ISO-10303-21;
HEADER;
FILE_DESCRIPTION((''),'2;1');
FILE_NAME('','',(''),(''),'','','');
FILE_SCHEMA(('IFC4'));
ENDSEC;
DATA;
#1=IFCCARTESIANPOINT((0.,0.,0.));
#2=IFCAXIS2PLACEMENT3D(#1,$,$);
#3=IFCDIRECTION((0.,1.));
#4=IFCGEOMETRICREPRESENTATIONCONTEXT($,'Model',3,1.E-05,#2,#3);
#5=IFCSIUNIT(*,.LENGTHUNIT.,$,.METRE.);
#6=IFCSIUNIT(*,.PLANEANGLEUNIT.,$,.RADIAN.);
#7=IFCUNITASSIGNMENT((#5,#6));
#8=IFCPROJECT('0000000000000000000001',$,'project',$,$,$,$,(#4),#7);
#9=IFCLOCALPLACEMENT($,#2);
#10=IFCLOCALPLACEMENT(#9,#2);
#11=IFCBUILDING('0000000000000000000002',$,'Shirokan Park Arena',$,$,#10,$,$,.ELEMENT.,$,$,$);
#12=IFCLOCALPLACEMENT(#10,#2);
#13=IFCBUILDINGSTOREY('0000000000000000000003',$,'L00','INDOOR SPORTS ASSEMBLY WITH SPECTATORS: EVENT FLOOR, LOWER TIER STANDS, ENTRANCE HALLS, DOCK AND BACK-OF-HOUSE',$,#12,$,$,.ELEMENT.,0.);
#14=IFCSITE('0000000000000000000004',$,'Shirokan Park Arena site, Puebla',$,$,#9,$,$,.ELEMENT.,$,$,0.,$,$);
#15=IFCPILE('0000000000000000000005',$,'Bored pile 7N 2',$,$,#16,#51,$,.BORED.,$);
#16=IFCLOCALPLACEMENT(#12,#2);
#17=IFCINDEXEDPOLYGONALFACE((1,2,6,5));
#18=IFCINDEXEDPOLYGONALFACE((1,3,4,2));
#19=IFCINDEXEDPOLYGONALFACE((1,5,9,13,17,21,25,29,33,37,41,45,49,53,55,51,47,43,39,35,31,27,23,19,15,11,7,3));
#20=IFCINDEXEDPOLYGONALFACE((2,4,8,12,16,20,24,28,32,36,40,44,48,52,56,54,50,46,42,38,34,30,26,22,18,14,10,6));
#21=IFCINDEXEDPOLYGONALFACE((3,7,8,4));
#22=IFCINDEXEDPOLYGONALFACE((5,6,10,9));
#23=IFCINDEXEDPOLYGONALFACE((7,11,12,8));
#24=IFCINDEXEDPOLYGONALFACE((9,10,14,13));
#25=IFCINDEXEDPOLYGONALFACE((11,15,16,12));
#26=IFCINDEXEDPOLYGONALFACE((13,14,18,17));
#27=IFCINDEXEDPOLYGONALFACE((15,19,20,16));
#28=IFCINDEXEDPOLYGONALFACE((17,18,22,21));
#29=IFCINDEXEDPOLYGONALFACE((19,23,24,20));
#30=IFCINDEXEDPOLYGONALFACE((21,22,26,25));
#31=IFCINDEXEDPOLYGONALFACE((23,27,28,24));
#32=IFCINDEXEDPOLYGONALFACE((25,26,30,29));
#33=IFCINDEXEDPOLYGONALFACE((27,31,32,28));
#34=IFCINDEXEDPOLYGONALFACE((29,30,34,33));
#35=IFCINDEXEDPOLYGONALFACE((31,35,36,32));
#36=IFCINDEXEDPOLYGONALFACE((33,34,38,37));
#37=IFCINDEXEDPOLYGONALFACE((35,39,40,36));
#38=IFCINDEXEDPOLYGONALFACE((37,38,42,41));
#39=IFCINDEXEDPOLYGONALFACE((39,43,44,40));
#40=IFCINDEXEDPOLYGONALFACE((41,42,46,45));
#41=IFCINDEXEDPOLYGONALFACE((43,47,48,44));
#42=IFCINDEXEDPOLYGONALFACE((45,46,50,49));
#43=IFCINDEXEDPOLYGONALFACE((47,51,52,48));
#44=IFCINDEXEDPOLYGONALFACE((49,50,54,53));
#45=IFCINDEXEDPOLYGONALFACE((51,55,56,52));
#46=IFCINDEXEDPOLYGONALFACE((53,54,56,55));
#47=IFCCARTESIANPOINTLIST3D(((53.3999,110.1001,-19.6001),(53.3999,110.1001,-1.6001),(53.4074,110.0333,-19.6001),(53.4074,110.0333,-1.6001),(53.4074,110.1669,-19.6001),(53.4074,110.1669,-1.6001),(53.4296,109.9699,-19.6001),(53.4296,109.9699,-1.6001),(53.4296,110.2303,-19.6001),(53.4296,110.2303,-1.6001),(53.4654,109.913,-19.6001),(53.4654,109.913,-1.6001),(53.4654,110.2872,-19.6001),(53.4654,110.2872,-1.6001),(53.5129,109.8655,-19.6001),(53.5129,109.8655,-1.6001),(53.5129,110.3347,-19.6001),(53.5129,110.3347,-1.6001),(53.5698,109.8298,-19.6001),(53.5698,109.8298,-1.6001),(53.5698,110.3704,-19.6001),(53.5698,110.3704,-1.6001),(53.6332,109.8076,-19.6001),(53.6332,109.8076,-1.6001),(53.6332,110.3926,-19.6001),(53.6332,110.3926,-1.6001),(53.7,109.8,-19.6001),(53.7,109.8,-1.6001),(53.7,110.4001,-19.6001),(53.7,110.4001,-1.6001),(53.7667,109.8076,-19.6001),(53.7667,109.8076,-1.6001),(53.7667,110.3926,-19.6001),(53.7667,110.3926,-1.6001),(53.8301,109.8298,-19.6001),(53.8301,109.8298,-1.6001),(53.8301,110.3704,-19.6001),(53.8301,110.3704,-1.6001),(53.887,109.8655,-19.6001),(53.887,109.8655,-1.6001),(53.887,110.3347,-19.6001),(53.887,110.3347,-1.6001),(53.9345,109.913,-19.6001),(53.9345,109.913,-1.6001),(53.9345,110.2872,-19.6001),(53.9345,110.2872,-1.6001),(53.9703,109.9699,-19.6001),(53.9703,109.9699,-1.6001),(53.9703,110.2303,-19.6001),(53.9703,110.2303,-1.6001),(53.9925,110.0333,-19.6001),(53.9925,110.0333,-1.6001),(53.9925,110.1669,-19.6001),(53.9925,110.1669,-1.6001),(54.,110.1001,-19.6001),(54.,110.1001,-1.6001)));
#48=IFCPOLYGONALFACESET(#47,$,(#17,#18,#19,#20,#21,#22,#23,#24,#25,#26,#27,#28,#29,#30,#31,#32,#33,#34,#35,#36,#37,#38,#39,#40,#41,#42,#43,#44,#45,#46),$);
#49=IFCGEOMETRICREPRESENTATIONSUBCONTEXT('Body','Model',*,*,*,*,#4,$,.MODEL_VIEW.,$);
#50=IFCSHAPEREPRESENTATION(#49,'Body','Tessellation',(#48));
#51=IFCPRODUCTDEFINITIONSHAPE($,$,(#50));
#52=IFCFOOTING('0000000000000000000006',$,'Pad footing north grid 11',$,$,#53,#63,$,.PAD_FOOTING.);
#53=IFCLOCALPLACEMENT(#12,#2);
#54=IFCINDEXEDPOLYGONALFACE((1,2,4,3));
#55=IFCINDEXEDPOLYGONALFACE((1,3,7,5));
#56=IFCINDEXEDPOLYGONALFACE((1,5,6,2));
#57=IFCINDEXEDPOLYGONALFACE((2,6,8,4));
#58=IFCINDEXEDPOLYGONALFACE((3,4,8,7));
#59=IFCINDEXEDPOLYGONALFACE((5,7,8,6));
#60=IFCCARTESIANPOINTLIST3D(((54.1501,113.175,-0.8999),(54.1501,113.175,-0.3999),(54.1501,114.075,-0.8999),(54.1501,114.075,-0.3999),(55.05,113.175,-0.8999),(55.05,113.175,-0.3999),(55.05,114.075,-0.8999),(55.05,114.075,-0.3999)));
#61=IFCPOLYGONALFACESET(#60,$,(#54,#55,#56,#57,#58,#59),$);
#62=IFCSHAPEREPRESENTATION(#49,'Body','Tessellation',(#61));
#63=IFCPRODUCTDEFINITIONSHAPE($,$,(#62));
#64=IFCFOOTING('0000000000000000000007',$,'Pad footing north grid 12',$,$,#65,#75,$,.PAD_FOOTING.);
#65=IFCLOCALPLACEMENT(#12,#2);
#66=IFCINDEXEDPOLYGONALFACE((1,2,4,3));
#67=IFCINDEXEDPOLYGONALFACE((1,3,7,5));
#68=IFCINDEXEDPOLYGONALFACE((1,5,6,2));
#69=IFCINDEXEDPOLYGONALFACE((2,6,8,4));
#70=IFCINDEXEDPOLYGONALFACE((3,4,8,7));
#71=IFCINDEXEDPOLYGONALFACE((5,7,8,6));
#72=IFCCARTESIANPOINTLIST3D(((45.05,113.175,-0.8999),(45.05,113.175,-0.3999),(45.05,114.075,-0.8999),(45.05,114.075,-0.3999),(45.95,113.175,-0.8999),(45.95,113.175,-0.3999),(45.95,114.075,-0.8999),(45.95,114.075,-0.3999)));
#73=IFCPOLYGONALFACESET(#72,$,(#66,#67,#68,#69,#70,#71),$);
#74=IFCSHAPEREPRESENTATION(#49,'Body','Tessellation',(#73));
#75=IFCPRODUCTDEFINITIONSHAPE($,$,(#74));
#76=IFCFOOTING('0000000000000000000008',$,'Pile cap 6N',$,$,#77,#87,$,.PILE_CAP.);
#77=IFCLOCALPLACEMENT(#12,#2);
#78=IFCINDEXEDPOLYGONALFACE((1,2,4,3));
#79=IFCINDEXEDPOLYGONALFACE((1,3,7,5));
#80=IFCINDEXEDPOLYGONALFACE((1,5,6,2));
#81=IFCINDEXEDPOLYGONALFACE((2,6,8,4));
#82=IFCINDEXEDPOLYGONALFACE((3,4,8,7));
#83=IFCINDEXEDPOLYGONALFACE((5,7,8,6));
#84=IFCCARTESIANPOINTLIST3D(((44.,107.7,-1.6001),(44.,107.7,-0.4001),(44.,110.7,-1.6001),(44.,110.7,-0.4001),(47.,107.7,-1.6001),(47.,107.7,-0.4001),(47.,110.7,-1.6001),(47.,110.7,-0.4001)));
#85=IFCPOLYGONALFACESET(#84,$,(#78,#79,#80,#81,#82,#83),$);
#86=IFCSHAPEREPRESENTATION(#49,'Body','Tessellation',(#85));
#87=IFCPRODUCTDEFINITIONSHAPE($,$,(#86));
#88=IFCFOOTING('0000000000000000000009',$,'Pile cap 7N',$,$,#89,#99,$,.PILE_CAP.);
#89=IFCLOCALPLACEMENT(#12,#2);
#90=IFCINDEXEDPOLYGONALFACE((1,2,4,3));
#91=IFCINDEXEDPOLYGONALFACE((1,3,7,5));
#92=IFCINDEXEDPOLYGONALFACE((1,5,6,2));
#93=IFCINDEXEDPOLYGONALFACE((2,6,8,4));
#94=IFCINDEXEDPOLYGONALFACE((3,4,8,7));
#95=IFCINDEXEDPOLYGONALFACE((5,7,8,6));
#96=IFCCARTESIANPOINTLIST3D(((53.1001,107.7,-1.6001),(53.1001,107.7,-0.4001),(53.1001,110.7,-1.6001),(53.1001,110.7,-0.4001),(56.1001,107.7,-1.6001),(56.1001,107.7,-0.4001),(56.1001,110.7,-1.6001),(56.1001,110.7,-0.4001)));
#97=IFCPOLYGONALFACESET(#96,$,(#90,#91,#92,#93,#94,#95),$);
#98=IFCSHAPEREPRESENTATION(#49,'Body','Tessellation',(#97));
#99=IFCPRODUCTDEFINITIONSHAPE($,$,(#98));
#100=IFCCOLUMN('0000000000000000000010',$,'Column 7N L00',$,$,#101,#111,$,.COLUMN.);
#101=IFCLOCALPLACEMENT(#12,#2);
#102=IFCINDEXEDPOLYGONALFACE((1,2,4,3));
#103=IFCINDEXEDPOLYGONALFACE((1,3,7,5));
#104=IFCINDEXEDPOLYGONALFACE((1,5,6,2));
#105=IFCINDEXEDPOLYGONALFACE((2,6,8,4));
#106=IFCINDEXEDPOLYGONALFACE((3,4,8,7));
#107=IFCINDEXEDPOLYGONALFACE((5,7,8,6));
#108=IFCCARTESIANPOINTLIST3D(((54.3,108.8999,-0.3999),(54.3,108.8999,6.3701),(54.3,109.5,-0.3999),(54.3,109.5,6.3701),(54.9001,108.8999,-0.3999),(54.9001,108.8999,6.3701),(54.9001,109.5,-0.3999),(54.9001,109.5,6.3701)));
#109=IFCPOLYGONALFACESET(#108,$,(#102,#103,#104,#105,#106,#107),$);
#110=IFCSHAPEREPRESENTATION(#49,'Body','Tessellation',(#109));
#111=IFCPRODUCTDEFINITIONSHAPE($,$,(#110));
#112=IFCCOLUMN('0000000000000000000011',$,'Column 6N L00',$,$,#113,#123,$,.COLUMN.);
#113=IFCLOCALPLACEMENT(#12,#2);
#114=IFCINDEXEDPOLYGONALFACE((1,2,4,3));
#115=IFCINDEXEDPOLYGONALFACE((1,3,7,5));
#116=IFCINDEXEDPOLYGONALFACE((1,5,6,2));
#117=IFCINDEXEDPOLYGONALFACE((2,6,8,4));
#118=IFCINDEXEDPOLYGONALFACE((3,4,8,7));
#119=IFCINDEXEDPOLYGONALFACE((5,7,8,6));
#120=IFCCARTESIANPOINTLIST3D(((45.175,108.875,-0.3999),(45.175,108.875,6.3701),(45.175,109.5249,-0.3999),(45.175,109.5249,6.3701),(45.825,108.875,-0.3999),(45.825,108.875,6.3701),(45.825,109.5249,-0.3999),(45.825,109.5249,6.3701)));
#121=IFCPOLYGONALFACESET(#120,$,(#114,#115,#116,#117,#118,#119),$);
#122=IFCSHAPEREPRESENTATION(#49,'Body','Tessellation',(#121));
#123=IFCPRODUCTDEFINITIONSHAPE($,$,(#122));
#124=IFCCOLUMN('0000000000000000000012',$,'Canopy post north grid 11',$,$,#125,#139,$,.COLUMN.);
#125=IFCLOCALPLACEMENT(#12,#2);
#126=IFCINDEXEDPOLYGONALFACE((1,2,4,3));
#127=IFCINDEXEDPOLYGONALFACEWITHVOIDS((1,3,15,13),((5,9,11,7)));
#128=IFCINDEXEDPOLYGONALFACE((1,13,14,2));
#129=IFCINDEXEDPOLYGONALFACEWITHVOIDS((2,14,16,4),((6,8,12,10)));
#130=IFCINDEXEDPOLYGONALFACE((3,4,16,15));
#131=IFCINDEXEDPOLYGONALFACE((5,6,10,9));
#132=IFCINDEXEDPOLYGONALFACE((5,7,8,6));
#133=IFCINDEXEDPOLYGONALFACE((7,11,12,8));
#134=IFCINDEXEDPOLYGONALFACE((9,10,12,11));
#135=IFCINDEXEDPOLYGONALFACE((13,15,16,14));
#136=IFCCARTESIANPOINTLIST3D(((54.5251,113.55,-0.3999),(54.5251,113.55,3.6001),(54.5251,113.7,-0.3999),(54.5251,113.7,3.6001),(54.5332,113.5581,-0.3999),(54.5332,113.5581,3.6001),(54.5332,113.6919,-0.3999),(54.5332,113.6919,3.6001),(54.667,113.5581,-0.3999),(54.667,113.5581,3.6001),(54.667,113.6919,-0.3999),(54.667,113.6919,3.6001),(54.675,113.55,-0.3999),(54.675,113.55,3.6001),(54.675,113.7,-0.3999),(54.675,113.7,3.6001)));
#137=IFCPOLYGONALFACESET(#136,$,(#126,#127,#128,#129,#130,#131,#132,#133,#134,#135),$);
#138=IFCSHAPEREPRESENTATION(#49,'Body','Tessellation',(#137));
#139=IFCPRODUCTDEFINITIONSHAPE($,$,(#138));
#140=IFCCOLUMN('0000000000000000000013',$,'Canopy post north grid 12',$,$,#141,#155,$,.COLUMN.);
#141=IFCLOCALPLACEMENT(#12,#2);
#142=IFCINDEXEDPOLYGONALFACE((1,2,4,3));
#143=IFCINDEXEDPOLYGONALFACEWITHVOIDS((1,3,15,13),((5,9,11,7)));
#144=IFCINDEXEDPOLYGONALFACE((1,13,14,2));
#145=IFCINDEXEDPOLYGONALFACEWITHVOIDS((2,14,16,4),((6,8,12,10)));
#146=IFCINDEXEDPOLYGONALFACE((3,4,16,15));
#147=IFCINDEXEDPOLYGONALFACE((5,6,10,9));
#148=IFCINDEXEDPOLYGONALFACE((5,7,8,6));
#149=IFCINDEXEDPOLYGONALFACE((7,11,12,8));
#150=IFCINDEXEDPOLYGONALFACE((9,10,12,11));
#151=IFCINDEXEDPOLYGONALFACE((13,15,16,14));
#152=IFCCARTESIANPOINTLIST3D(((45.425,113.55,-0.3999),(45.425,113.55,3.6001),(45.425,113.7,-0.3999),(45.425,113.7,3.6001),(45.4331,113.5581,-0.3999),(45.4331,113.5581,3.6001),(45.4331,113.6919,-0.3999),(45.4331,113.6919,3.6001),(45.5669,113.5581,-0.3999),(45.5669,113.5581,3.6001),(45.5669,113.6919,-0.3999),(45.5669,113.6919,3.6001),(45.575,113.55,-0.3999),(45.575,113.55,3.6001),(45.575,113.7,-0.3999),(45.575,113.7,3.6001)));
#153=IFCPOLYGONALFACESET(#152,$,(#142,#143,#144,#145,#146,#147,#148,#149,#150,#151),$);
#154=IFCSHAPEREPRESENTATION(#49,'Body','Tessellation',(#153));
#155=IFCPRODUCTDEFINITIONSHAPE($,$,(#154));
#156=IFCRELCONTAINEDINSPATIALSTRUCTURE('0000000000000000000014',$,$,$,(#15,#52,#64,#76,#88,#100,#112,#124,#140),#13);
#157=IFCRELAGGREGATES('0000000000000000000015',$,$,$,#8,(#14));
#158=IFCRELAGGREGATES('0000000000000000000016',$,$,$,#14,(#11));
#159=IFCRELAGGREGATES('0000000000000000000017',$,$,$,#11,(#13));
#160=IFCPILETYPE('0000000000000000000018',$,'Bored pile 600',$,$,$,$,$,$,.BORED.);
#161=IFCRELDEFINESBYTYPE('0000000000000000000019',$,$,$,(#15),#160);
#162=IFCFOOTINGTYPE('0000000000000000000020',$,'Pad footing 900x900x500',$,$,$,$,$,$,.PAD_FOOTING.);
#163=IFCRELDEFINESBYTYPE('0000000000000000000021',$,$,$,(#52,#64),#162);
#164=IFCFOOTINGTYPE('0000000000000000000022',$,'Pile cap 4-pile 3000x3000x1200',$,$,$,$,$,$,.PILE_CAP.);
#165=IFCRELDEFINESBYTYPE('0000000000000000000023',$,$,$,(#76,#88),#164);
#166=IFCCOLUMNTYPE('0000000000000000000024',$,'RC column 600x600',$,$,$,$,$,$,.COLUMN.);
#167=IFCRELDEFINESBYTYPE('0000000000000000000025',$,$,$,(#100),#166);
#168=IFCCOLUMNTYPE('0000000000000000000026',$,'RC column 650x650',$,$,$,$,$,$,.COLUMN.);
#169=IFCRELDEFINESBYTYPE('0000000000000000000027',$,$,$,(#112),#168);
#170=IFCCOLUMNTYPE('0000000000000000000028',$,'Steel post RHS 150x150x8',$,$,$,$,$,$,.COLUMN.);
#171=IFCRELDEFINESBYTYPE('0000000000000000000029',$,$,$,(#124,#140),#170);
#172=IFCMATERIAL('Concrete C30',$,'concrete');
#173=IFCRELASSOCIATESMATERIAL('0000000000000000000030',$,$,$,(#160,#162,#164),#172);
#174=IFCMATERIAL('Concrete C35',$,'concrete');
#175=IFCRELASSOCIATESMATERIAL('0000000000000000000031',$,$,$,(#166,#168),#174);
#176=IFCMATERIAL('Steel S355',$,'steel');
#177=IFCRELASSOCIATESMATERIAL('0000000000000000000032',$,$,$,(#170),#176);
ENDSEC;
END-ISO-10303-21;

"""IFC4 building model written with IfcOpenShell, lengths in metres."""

from ifc_helpers import new_model, si_unit, direction, frame, origin, origin_2d, place, context, subcontext, project, spatial, rectangle, hollow_rectangle, circle, extrude, material, material_profile, profile_set, type_object, element, save


model = new_model("IFC4")

# Units and contexts
model_context = context("Model", 3, precision=1e-05, world=origin(), true_north=direction((0.0, 1.0)))
body_context = subcontext(model_context, "Body", "Model", "MODEL_VIEW")
ifc_project = project(units=[si_unit("LENGTHUNIT", "METRE"), si_unit("PLANEANGLEUNIT", "RADIAN")], contexts=[model_context])

# Site, building, storey
site_placement = place(None, origin())
site = spatial("IfcSite", under=ifc_project, at=site_placement, Name="Shirokan Park Arena site, Puebla", CompositionType="ELEMENT", RefElevation=0.0)
building_placement = place(site_placement, origin())
building = spatial("IfcBuilding", under=site, at=building_placement, Name="Shirokan Park Arena", CompositionType="ELEMENT")
storey_placement = place(building_placement, origin())
storey = spatial("IfcBuildingStorey", under=building, at=storey_placement, Name="L00", Description="INDOOR SPORTS ASSEMBLY WITH SPECTATORS: EVENT FLOOR, LOWER TIER STANDS, ENTRANCE HALLS, DOCK AND BACK-OF-HOUSE", CompositionType="ELEMENT", Elevation=0.0)

# Pile
ifc_material_1 = material(Name="Concrete C30", Category="concrete")
ifc_material_profile_1 = material_profile(ifc_material_1, circle(Radius=0.3, at=origin_2d()), Name="D600")
ifc_profile_set_1 = profile_set([ifc_material_profile_1], Name="Concrete C30")
pile_type = type_object("IfcPileType", Name="Bored pile 600", PredefinedType="BORED", material=ifc_profile_set_1)
for number, where, z_axis, x_axis, name in (
    (1, (53.7, 110.1001, -1.6001), (0.0, 0.0, -1.0), (1.0, 0.0, 0.0), "Bored pile 7N 2"),
):
    element("IfcPile", number, at=place(storey_placement, frame(where, z_axis=z_axis, x_axis=x_axis)), inside=storey, type_object=pile_type, Name=name, PredefinedType="BORED", context=body_context, shape_type="SweptSolid", body=[
        extrude(circle(Radius=0.3, at=origin_2d()), origin(), (0.0, 0.0, 1.0), 18.0),
    ])

# Footings
footing_type_1 = type_object("IfcFootingType", Name="Pad footing 900x900x500", PredefinedType="PAD_FOOTING", material=ifc_material_1)
for number, where, z_axis, x_axis, name in (
    (2, (54.6001, 113.625, -0.8999), (0.0, 0.0, 1.0), (1.0, 0.0, 0.0), "Pad footing north grid 11"),
    (3, (45.5, 113.625, -0.8999), (0.0, 0.0, 1.0), (1.0, 0.0, 0.0), "Pad footing north grid 12"),
):
    element("IfcFooting", number, at=place(storey_placement, frame(where, z_axis=z_axis, x_axis=x_axis)), inside=storey, type_object=footing_type_1, Name=name, PredefinedType="PAD_FOOTING", context=body_context, shape_type="SweptSolid", body=[
        extrude(rectangle(XDim=0.8999, YDim=0.8999, at=origin_2d()), origin(), (0.0, 0.0, 1.0), 0.5),
    ])
footing_type_2 = type_object("IfcFootingType", Name="Pile cap 4-pile 3000x3000x1200", PredefinedType="PILE_CAP", material=ifc_material_1)
for number, where, z_axis, x_axis, name in (
    (4, (45.5, 109.2, -1.6001), (0.0, 0.0, 1.0), (1.0, 0.0, 0.0), "Pile cap 6N"),
    (5, (54.6001, 109.2, -1.6001), (0.0, 0.0, 1.0), (1.0, 0.0, 0.0), "Pile cap 7N"),
):
    element("IfcFooting", number, at=place(storey_placement, frame(where, z_axis=z_axis, x_axis=x_axis)), inside=storey, type_object=footing_type_2, Name=name, PredefinedType="PILE_CAP", context=body_context, shape_type="SweptSolid", body=[
        extrude(rectangle(XDim=3.0, YDim=3.0, at=origin_2d()), origin(), (0.0, 0.0, 1.0), 1.2),
    ])

# Columns
ifc_material_2 = material(Name="Concrete C35", Category="concrete")
ifc_material_profile_2 = material_profile(ifc_material_2, rectangle(XDim=0.6001, YDim=0.6001, at=origin_2d()), Name="600x600")
ifc_profile_set_2 = profile_set([ifc_material_profile_2], Name="Concrete C35")
column_type_1 = type_object("IfcColumnType", Name="RC column 600x600", PredefinedType="COLUMN", material=ifc_profile_set_2)
column_1_placement = place(storey_placement, frame((54.6001, 109.2, -0.3999), z_axis=(0.0, 0.0, 1.0), x_axis=(1.0, 0.0, 0.0)))
element("IfcColumn", 6, at=column_1_placement, inside=storey, type_object=column_type_1, Name="Column 7N L00", PredefinedType="COLUMN", context=body_context, shape_type="SweptSolid", body=[
    extrude(rectangle(XDim=0.6001, YDim=0.6001, at=origin_2d()), origin(), (0.0, 0.0, 1.0), 6.77),
])
ifc_material_profile_3 = material_profile(ifc_material_2, rectangle(XDim=0.6499, YDim=0.6499, at=origin_2d()), Name="650x650")
ifc_profile_set_3 = profile_set([ifc_material_profile_3], Name="Concrete C35")
column_type_2 = type_object("IfcColumnType", Name="RC column 650x650", PredefinedType="COLUMN", material=ifc_profile_set_3)
column_2_placement = place(storey_placement, frame((45.5, 109.2, -0.3999), z_axis=(0.0, 0.0, 1.0), x_axis=(1.0, 0.0, 0.0)))
element("IfcColumn", 7, at=column_2_placement, inside=storey, type_object=column_type_2, Name="Column 6N L00", PredefinedType="COLUMN", context=body_context, shape_type="SweptSolid", body=[
    extrude(rectangle(XDim=0.6499, YDim=0.6499, at=origin_2d()), origin(), (0.0, 0.0, 1.0), 6.77),
])
ifc_material_3 = material(Name="Steel S355", Category="steel")
ifc_material_profile_4 = material_profile(ifc_material_3, hollow_rectangle(XDim=0.1499, YDim=0.1499, WallThickness=0.0081, at=origin_2d()), Name="RHS 150x150x8")
ifc_profile_set_4 = profile_set([ifc_material_profile_4], Name="Steel S355")
column_type_3 = type_object("IfcColumnType", Name="Steel post RHS 150x150x8", PredefinedType="COLUMN", material=ifc_profile_set_4)
for number, where, z_axis, x_axis, name in (
    (8, (54.6001, 113.625, -0.3999), (0.0, 0.0, 1.0), (1.0, 0.0, 0.0), "Canopy post north grid 11"),
    (9, (45.5, 113.625, -0.3999), (0.0, 0.0, 1.0), (1.0, 0.0, 0.0), "Canopy post north grid 12"),
):
    element("IfcColumn", number, at=place(storey_placement, frame(where, z_axis=z_axis, x_axis=x_axis)), inside=storey, type_object=column_type_3, Name=name, PredefinedType="COLUMN", context=body_context, shape_type="SweptSolid", body=[
        extrude(hollow_rectangle(XDim=0.1499, YDim=0.1499, WallThickness=0.0081, at=origin_2d()), origin(), (0.0, 0.0, 1.0), 4.0),
    ])

save(model, "model.ifc")
